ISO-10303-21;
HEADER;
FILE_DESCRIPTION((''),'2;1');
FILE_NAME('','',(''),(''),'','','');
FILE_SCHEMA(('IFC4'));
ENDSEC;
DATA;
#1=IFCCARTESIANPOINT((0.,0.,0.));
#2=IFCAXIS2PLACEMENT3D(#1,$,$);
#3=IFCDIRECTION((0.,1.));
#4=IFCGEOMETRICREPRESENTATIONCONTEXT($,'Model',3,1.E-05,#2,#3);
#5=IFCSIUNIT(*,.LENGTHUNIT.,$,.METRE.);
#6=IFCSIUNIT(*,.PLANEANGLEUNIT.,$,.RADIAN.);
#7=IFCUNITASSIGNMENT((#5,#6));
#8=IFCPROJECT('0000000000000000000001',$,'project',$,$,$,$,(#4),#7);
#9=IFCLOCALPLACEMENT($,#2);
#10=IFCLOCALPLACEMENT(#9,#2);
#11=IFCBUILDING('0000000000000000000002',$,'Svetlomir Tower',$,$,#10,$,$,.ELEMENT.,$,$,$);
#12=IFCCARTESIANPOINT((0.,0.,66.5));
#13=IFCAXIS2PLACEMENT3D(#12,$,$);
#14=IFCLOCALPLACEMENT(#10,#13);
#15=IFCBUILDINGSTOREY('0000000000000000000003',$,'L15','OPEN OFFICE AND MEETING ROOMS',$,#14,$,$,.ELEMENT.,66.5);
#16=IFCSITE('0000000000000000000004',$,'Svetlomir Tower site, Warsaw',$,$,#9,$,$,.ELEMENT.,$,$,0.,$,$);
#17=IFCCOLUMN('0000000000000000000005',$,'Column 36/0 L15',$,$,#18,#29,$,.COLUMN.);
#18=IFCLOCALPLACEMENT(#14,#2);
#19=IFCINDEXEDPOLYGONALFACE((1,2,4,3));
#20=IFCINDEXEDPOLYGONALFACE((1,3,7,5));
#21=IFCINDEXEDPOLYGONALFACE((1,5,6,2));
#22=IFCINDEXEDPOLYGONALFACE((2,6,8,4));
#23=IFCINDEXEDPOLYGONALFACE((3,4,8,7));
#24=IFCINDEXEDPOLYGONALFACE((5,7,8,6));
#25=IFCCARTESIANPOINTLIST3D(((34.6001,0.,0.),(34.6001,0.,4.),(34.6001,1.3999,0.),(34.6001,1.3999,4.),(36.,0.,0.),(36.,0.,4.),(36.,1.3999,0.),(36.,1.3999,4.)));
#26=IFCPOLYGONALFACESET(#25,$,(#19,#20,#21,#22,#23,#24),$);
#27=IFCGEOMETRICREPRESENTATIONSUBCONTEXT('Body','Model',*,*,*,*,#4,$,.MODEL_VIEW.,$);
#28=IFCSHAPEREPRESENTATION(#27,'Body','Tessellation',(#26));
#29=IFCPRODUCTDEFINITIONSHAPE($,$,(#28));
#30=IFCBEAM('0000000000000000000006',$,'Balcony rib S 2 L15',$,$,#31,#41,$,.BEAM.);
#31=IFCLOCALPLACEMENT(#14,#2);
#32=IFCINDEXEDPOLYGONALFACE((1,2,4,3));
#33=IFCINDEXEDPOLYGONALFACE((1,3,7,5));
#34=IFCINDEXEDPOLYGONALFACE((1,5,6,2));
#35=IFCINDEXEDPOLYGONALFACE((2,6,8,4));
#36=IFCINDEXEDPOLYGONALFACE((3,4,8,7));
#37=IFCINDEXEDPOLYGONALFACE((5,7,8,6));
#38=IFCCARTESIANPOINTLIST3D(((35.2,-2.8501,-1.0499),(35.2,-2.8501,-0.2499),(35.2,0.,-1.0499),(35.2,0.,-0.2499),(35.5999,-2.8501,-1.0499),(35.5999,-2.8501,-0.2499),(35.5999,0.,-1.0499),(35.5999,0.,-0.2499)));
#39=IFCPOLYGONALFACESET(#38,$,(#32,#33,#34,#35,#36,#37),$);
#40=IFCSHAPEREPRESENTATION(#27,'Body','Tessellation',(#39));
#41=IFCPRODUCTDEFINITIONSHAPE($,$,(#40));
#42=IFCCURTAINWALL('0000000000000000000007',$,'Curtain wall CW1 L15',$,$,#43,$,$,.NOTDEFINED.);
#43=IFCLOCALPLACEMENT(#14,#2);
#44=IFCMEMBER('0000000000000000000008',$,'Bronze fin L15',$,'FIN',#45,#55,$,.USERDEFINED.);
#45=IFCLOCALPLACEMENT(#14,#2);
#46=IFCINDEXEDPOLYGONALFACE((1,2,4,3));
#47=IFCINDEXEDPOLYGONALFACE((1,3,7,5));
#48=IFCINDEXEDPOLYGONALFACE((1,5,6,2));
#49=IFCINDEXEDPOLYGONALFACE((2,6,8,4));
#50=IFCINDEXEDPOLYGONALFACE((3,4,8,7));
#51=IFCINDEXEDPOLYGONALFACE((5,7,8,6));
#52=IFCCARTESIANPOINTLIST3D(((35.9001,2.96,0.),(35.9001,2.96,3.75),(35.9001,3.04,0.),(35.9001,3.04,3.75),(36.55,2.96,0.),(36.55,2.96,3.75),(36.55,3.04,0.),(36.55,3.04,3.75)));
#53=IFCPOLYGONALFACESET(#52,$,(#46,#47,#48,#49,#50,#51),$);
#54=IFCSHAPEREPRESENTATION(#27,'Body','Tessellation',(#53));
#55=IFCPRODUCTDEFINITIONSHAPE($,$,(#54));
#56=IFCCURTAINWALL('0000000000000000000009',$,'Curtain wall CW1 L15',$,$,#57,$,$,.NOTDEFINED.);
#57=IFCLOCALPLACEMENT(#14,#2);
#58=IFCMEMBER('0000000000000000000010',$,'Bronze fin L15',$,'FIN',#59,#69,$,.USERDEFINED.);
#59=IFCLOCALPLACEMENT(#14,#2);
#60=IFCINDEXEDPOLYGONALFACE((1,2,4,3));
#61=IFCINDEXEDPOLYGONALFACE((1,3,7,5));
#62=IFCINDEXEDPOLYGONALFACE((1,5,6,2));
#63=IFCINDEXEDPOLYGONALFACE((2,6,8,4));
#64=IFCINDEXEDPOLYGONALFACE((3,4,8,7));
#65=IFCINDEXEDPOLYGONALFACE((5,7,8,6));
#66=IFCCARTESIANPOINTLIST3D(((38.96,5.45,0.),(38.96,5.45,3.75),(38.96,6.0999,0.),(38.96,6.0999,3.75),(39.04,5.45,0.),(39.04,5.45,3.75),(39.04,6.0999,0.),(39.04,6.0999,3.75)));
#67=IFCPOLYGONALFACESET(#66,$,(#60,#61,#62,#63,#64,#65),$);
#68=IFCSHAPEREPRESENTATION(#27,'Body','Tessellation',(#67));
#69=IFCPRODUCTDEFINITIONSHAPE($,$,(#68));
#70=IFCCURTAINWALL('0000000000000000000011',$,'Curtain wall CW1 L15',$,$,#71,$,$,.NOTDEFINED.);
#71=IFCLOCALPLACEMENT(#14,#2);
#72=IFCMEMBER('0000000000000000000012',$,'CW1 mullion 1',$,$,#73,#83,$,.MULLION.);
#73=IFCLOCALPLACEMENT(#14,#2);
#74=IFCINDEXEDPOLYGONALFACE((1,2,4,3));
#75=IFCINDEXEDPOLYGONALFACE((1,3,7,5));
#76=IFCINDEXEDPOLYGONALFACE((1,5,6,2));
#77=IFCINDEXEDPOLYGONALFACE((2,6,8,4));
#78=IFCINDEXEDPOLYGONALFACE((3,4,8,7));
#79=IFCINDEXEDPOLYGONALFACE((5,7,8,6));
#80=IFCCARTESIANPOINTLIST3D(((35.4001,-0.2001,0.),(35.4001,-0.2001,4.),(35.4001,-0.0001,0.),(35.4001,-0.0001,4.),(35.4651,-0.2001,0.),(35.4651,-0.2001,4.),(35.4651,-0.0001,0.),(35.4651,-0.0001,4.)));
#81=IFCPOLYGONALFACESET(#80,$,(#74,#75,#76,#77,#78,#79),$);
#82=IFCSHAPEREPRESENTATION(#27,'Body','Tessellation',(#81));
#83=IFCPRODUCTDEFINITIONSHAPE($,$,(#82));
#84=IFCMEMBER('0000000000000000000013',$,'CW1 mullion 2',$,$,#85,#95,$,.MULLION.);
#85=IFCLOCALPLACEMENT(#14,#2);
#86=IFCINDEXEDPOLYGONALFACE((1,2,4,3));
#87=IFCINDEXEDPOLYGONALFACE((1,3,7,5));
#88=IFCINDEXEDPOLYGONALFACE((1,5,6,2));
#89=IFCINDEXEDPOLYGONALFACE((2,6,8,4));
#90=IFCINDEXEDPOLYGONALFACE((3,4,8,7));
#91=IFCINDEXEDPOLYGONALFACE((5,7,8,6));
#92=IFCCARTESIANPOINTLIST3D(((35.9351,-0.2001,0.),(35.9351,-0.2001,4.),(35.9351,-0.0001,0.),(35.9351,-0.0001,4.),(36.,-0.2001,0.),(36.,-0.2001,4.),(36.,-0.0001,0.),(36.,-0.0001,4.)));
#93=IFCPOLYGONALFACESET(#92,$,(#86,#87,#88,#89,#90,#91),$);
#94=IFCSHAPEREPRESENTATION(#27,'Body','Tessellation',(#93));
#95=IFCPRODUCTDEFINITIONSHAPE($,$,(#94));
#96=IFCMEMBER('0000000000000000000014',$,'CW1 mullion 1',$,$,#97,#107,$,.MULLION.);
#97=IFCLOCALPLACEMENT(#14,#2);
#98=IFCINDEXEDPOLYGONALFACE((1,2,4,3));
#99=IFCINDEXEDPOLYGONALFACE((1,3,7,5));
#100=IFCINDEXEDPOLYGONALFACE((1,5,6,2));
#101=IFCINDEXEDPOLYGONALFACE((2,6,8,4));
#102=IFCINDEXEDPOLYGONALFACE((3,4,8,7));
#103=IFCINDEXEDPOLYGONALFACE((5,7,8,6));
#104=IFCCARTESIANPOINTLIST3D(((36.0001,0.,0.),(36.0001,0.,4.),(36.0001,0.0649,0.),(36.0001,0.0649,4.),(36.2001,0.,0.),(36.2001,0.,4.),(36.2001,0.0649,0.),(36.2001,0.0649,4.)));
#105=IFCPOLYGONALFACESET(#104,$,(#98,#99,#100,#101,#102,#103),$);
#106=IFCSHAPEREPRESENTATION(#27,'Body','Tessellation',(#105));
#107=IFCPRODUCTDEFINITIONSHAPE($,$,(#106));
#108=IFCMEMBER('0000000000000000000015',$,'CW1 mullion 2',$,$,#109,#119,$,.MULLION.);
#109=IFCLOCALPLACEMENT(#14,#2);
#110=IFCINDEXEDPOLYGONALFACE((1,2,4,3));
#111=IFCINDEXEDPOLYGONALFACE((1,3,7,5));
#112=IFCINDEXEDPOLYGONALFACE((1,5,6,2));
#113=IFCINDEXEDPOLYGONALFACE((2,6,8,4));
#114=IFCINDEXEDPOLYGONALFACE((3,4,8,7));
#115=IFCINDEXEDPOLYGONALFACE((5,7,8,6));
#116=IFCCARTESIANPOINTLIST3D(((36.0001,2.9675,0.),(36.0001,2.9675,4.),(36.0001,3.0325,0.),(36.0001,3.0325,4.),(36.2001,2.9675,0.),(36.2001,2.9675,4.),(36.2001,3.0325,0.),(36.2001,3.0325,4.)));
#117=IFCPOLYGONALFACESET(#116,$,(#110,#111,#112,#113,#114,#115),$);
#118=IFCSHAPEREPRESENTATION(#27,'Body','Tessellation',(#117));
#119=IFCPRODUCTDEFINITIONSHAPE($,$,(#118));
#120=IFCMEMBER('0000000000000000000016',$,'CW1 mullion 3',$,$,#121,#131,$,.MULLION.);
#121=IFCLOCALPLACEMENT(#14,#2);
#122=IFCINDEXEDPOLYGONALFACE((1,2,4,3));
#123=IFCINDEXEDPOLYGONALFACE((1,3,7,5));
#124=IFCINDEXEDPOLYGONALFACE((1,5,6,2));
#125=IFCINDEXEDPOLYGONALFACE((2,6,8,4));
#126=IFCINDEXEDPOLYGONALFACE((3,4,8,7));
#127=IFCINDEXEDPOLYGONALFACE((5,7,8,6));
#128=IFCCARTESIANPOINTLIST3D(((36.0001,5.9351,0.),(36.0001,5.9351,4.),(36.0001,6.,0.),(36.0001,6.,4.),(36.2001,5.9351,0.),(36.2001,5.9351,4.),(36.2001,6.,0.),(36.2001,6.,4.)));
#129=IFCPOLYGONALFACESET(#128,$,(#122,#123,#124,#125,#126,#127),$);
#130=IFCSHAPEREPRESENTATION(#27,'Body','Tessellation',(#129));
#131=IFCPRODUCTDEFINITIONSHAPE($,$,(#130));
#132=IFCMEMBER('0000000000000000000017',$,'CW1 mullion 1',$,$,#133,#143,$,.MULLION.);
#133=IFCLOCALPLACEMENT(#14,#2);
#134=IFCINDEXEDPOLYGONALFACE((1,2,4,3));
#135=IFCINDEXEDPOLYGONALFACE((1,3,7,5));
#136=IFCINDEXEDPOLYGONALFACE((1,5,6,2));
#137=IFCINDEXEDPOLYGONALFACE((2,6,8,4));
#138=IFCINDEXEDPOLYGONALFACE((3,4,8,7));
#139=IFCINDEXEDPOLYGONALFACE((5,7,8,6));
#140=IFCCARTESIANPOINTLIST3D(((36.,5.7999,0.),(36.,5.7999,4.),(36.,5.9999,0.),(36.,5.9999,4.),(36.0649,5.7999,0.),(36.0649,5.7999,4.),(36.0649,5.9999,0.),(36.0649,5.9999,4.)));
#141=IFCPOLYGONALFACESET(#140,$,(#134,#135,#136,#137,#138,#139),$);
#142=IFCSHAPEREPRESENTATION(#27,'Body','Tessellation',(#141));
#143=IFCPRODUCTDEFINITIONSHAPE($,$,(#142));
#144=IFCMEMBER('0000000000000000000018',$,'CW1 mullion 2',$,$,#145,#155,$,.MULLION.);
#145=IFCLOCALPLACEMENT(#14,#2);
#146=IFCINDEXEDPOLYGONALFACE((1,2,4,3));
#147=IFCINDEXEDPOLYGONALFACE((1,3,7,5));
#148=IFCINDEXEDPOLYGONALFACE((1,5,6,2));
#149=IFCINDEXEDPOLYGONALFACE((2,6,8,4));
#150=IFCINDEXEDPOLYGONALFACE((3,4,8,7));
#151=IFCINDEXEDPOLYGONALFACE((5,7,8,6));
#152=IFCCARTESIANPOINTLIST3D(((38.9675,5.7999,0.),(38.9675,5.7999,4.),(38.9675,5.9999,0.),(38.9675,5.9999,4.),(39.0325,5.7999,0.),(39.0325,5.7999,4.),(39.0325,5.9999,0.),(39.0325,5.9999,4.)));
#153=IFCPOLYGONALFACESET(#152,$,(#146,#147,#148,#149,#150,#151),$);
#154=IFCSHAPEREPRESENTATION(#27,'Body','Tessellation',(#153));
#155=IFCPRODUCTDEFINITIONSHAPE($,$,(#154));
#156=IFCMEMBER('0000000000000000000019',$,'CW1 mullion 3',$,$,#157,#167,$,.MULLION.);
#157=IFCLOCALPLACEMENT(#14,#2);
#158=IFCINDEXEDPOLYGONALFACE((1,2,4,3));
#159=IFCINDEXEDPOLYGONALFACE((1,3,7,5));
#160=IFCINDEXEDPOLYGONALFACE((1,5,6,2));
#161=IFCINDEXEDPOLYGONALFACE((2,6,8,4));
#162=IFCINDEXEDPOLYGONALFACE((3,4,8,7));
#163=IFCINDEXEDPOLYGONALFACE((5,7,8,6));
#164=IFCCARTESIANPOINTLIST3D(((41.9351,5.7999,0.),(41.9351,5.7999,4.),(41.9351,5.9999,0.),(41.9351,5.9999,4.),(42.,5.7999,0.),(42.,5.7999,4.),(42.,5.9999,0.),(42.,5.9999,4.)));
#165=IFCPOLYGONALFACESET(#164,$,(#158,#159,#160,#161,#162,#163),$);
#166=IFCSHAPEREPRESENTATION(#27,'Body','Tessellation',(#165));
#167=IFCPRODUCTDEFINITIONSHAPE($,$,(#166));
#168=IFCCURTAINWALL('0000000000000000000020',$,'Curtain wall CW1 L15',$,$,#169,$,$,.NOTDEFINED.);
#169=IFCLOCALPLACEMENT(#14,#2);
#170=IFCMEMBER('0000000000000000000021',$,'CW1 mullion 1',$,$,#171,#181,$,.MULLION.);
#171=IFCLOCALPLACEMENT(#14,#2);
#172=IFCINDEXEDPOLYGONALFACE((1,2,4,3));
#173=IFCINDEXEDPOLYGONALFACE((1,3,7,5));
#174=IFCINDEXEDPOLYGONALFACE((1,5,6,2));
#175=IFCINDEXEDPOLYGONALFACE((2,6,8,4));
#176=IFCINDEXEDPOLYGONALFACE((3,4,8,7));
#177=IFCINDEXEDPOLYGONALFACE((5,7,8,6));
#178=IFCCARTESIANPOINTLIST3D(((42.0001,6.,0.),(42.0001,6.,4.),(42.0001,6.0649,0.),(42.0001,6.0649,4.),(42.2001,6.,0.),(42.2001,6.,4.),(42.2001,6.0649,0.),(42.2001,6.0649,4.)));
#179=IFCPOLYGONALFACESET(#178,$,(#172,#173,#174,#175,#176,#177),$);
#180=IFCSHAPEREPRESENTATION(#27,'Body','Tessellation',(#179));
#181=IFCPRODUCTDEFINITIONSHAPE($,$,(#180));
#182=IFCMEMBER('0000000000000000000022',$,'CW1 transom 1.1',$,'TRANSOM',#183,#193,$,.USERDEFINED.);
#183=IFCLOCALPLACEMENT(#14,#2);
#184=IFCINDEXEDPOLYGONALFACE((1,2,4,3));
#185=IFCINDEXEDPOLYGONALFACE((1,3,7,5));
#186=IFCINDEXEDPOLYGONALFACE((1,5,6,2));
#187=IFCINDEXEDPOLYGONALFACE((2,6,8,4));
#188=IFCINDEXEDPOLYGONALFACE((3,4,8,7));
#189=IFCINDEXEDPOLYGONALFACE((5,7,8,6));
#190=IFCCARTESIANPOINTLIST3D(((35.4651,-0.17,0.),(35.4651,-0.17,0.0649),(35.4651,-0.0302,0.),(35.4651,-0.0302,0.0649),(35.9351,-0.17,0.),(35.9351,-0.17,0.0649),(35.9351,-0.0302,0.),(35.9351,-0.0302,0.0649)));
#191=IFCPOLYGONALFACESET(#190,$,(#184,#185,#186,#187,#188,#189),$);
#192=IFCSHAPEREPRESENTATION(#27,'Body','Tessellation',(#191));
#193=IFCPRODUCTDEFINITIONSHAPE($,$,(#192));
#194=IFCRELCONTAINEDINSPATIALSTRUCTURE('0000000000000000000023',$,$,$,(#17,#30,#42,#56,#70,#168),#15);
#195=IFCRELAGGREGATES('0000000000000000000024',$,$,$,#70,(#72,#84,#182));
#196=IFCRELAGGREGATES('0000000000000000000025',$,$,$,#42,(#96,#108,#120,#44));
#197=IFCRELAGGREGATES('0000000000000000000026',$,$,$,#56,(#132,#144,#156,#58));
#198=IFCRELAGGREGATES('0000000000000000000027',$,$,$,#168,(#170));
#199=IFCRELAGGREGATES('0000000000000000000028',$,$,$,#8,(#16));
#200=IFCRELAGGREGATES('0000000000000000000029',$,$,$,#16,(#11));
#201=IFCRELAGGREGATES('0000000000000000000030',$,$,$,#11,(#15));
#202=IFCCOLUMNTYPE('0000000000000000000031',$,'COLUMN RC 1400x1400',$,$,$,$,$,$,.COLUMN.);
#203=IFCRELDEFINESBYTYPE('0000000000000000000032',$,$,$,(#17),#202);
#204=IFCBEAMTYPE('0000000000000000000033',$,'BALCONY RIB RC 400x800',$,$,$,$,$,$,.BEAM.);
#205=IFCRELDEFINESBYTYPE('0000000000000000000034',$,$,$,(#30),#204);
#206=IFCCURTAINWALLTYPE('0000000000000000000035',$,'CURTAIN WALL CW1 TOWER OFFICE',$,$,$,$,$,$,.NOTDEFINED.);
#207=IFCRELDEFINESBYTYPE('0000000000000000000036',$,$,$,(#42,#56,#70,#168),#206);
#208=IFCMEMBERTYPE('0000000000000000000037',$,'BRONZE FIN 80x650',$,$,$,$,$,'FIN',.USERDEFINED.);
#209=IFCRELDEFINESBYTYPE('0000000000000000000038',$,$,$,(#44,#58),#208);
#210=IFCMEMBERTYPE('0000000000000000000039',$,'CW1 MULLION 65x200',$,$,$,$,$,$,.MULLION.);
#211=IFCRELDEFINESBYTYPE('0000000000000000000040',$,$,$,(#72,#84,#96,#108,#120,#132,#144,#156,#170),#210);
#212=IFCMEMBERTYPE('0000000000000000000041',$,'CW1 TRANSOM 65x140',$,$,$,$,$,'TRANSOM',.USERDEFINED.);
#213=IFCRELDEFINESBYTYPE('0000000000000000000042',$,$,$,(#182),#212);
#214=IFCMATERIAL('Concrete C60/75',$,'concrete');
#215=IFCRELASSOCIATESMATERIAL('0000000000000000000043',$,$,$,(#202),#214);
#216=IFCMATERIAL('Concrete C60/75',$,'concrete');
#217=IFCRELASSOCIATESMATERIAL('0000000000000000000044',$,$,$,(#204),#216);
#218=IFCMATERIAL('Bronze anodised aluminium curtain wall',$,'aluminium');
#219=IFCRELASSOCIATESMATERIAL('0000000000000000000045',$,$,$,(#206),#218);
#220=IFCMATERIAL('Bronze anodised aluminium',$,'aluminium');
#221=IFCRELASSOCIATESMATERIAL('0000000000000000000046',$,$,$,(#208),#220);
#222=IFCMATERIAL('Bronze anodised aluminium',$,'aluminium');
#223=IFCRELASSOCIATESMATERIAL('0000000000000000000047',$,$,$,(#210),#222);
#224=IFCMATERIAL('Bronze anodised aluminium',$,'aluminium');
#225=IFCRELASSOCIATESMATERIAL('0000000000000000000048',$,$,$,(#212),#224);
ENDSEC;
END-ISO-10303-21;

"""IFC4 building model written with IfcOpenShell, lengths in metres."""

from ifc_helpers import new_model, si_unit, direction, frame, origin, origin_2d, place, context, subcontext, project, spatial, rectangle, extrude, material, material_profile, profile_set, type_object, element, aggregate, save


model = new_model("IFC4")

# Units and contexts
model_context = context("Model", 3, precision=1e-05, world=origin(), true_north=direction((0.0, 1.0)))
body_context = subcontext(model_context, "Body", "Model", "MODEL_VIEW")
ifc_project = project(units=[si_unit("LENGTHUNIT", "METRE"), si_unit("PLANEANGLEUNIT", "RADIAN")], contexts=[model_context])

# Site, building, storey
site_placement = place(None, origin())
site = spatial("IfcSite", under=ifc_project, at=site_placement, Name="Svetlomir Tower site, Warsaw", CompositionType="ELEMENT", RefElevation=0.0)
building_placement = place(site_placement, origin())
building = spatial("IfcBuilding", under=site, at=building_placement, Name="Svetlomir Tower", CompositionType="ELEMENT")
storey_placement = place(building_placement, frame((0.0, 0.0, 66.5)))
storey = spatial("IfcBuildingStorey", under=building, at=storey_placement, Name="L15", Description="OPEN OFFICE AND MEETING ROOMS", CompositionType="ELEMENT", Elevation=66.5)

# Column
ifc_material_1 = material(Name="Concrete C60/75", Category="concrete")
ifc_material_profile_1 = material_profile(ifc_material_1, rectangle(XDim=1.3999, YDim=1.3999, at=origin_2d()), Name="RC 1400x1400")
ifc_profile_set_1 = profile_set([ifc_material_profile_1], Name="Concrete C60/75")
column_type = type_object("IfcColumnType", Name="COLUMN RC 1400x1400", PredefinedType="COLUMN", material=ifc_profile_set_1)
column_placement = place(storey_placement, frame((35.3, 0.7, 0.0), z_axis=(0.0, 0.0, 1.0), x_axis=(1.0, 0.0, 0.0)))
element("IfcColumn", 1, at=column_placement, inside=storey, type_object=column_type, Name="Column 36/0 L15", PredefinedType="COLUMN", context=body_context, shape_type="SweptSolid", body=[
    extrude(rectangle(XDim=1.3999, YDim=1.3999, at=origin_2d()), origin(), (0.0, 0.0, 1.0), 4.0),
])

# Beam
ifc_material_2 = material(Name="Concrete C60/75", Category="concrete")
ifc_material_profile_2 = material_profile(ifc_material_2, rectangle(XDim=0.3999, YDim=0.8, at=origin_2d()), Name="RC 400x800")
ifc_profile_set_2 = profile_set([ifc_material_profile_2], Name="Concrete C60/75")
beam_type_1 = type_object("IfcBeamType", Name="BALCONY RIB RC 400x800", PredefinedType="BEAM", material=ifc_profile_set_2)
beam_placement = place(storey_placement, frame((35.3999, 0.0, -0.6499), z_axis=(0.0, -1.0, 0.0), x_axis=(1.0, 0.0, 0.0)))
element("IfcBeam", 2, at=beam_placement, inside=storey, type_object=beam_type_1, Name="Balcony rib S 2 L15", PredefinedType="BEAM", context=body_context, shape_type="SweptSolid", body=[
    extrude(rectangle(XDim=0.3999, YDim=0.8, at=origin_2d()), origin(), (0.0, 0.0, 1.0), 2.8501),
])

# Curtain walls, members
ifc_material_3 = material(Name="Bronze anodised aluminium curtain wall", Category="aluminium")
curtain_wall_type = type_object("IfcCurtainWallType", Name="CURTAIN WALL CW1 TOWER OFFICE", PredefinedType="NOTDEFINED", material=ifc_material_3)
curtain_wall_1_placement = place(storey_placement, origin())
curtain_wall_1 = element("IfcCurtainWall", 3, at=curtain_wall_1_placement, inside=storey, type_object=curtain_wall_type, Name="Curtain wall CW1 L15", PredefinedType="NOTDEFINED")
ifc_material_4 = material(Name="Bronze anodised aluminium", Category="aluminium")
ifc_material_profile_3 = material_profile(ifc_material_4, rectangle(XDim=0.0801, YDim=0.6499, at=origin_2d()), Name="FIN 80x650")
ifc_profile_set_3 = profile_set([ifc_material_profile_3], Name="Bronze anodised aluminium 6063-T6")
member_type_1 = type_object("IfcMemberType", Name="BRONZE FIN 80x650", ElementType="FIN", PredefinedType="USERDEFINED", material=ifc_profile_set_3)
member_1_placement = place(storey_placement, frame((36.2251, 3.0, 0.0), z_axis=(0.0, 0.0, 1.0), x_axis=(0.0, 1.0, 0.0)))
member_1 = element("IfcMember", 4, at=member_1_placement, type_object=member_type_1, Name="Bronze fin L15", ObjectType="FIN", PredefinedType="USERDEFINED", context=body_context, shape_type="SweptSolid", body=[
    extrude(rectangle(XDim=0.0801, YDim=0.6499, at=origin_2d()), origin(), (0.0, 0.0, 1.0), 3.75),
])
curtain_wall_2_placement = place(storey_placement, origin())
curtain_wall_2 = element("IfcCurtainWall", 5, at=curtain_wall_2_placement, inside=storey, type_object=curtain_wall_type, Name="Curtain wall CW1 L15", PredefinedType="NOTDEFINED")
member_2_placement = place(storey_placement, frame((39.0, 5.7749, 0.0), z_axis=(0.0, 0.0, 1.0), x_axis=(1.0, 0.0, 0.0)))
member_2 = element("IfcMember", 6, at=member_2_placement, type_object=member_type_1, Name="Bronze fin L15", ObjectType="FIN", PredefinedType="USERDEFINED", context=body_context, shape_type="SweptSolid", body=[
    extrude(rectangle(XDim=0.0801, YDim=0.6499, at=origin_2d()), origin(), (0.0, 0.0, 1.0), 3.75),
])

# Curtain wall, members
curtain_wall_3_placement = place(storey_placement, origin())
curtain_wall_3 = element("IfcCurtainWall", 7, at=curtain_wall_3_placement, inside=storey, type_object=curtain_wall_type, Name="Curtain wall CW1 L15", PredefinedType="NOTDEFINED")
ifc_material_5 = material(Name="Bronze anodised aluminium", Category="aluminium")
ifc_material_profile_4 = material_profile(ifc_material_5, rectangle(XDim=0.0649, YDim=0.2, at=origin_2d()), Name="AL 65x200")
ifc_profile_set_4 = profile_set([ifc_material_profile_4], Name="Bronze anodised aluminium 6063-T6")
member_type_2 = type_object("IfcMemberType", Name="CW1 MULLION 65x200", PredefinedType="MULLION", material=ifc_profile_set_4)
member_3_placement = place(storey_placement, frame((35.4326, -0.1001, 0.0), z_axis=(0.0, 0.0, 1.0), x_axis=(1.0, 0.0, 0.0)))
member_3 = element("IfcMember", 8, at=member_3_placement, type_object=member_type_2, Name="CW1 mullion 1", PredefinedType="MULLION", context=body_context, shape_type="SweptSolid", body=[
    extrude(rectangle(XDim=0.0649, YDim=0.2, at=origin_2d()), origin(), (0.0, 0.0, 1.0), 4.0),
])
member_4_placement = place(storey_placement, frame((35.9675, -0.1001, 0.0), z_axis=(0.0, 0.0, 1.0), x_axis=(1.0, 0.0, 0.0)))
member_4 = element("IfcMember", 9, at=member_4_placement, type_object=member_type_2, Name="CW1 mullion 2", PredefinedType="MULLION", context=body_context, shape_type="SweptSolid", body=[
    extrude(rectangle(XDim=0.0649, YDim=0.2, at=origin_2d()), origin(), (0.0, 0.0, 1.0), 4.0),
])

# Members
member_5_placement = place(storey_placement, frame((36.1001, 0.0325, 0.0), z_axis=(0.0, 0.0, 1.0), x_axis=(0.0, 1.0, 0.0)))
member_5 = element("IfcMember", 10, at=member_5_placement, type_object=member_type_2, Name="CW1 mullion 1", PredefinedType="MULLION", context=body_context, shape_type="SweptSolid", body=[
    extrude(rectangle(XDim=0.0649, YDim=0.2, at=origin_2d()), origin(), (0.0, 0.0, 1.0), 4.0),
])
member_6_placement = place(storey_placement, frame((36.1001, 3.0, 0.0), z_axis=(0.0, 0.0, 1.0), x_axis=(0.0, 1.0, 0.0)))
member_6 = element("IfcMember", 11, at=member_6_placement, type_object=member_type_2, Name="CW1 mullion 2", PredefinedType="MULLION", context=body_context, shape_type="SweptSolid", body=[
    extrude(rectangle(XDim=0.0649, YDim=0.2, at=origin_2d()), origin(), (0.0, 0.0, 1.0), 4.0),
])
member_7_placement = place(storey_placement, frame((36.1001, 5.9675, 0.0), z_axis=(0.0, 0.0, 1.0), x_axis=(0.0, 1.0, 0.0)))
member_7 = element("IfcMember", 12, at=member_7_placement, type_object=member_type_2, Name="CW1 mullion 3", PredefinedType="MULLION", context=body_context, shape_type="SweptSolid", body=[
    extrude(rectangle(XDim=0.0649, YDim=0.2, at=origin_2d()), origin(), (0.0, 0.0, 1.0), 4.0),
])
member_8_placement = place(storey_placement, frame((36.0325, 5.8999, 0.0), z_axis=(0.0, 0.0, 1.0), x_axis=(1.0, 0.0, 0.0)))
member_8 = element("IfcMember", 13, at=member_8_placement, type_object=member_type_2, Name="CW1 mullion 1", PredefinedType="MULLION", context=body_context, shape_type="SweptSolid", body=[
    extrude(rectangle(XDim=0.0649, YDim=0.2, at=origin_2d()), origin(), (0.0, 0.0, 1.0), 4.0),
])
member_9_placement = place(storey_placement, frame((39.0, 5.8999, 0.0), z_axis=(0.0, 0.0, 1.0), x_axis=(1.0, 0.0, 0.0)))
member_9 = element("IfcMember", 14, at=member_9_placement, type_object=member_type_2, Name="CW1 mullion 2", PredefinedType="MULLION", context=body_context, shape_type="SweptSolid", body=[
    extrude(rectangle(XDim=0.0649, YDim=0.2, at=origin_2d()), origin(), (0.0, 0.0, 1.0), 4.0),
])
member_10_placement = place(storey_placement, frame((41.9675, 5.8999, 0.0), z_axis=(0.0, 0.0, 1.0), x_axis=(1.0, 0.0, 0.0)))
member_10 = element("IfcMember", 15, at=member_10_placement, type_object=member_type_2, Name="CW1 mullion 3", PredefinedType="MULLION", context=body_context, shape_type="SweptSolid", body=[
    extrude(rectangle(XDim=0.0649, YDim=0.2, at=origin_2d()), origin(), (0.0, 0.0, 1.0), 4.0),
])

# Curtain wall, member
curtain_wall_4_placement = place(storey_placement, origin())
curtain_wall_4 = element("IfcCurtainWall", 16, at=curtain_wall_4_placement, inside=storey, type_object=curtain_wall_type, Name="Curtain wall CW1 L15", PredefinedType="NOTDEFINED")
member_11_placement = place(storey_placement, frame((42.1001, 6.0325, 0.0), z_axis=(0.0, 0.0, 1.0), x_axis=(0.0, 1.0, 0.0)))
member_11 = element("IfcMember", 17, at=member_11_placement, type_object=member_type_2, Name="CW1 mullion 1", PredefinedType="MULLION", context=body_context, shape_type="SweptSolid", body=[
    extrude(rectangle(XDim=0.0649, YDim=0.2, at=origin_2d()), origin(), (0.0, 0.0, 1.0), 4.0),
])

# Member
ifc_material_6 = material(Name="Bronze anodised aluminium", Category="aluminium")
ifc_material_profile_5 = material_profile(ifc_material_6, rectangle(XDim=0.1399, YDim=0.0649, at=origin_2d()), Name="AL 140x65")
ifc_profile_set_5 = profile_set([ifc_material_profile_5], Name="Bronze anodised aluminium 6063-T6")
member_type_3 = type_object("IfcMemberType", Name="CW1 TRANSOM 65x140", ElementType="TRANSOM", PredefinedType="USERDEFINED", material=ifc_profile_set_5)
member_12_placement = place(storey_placement, frame((35.4651, -0.1001, 0.0325), z_axis=(1.0, 0.0, 0.0), x_axis=(0.0, 1.0, 0.0)))
member_12 = element("IfcMember", 18, at=member_12_placement, type_object=member_type_3, Name="CW1 transom 1.1", ObjectType="TRANSOM", PredefinedType="USERDEFINED", context=body_context, shape_type="SweptSolid", body=[
    extrude(rectangle(XDim=0.1399, YDim=0.0649, at=origin_2d()), origin(), (0.0, 0.0, 1.0), 0.47),
])

aggregate(curtain_wall_3, [member_3, member_4, member_12])
aggregate(curtain_wall_1, [member_5, member_6, member_7, member_1])
aggregate(curtain_wall_2, [member_8, member_9, member_10, member_2])
aggregate(curtain_wall_4, [member_11])

save(model, "model.ifc")
